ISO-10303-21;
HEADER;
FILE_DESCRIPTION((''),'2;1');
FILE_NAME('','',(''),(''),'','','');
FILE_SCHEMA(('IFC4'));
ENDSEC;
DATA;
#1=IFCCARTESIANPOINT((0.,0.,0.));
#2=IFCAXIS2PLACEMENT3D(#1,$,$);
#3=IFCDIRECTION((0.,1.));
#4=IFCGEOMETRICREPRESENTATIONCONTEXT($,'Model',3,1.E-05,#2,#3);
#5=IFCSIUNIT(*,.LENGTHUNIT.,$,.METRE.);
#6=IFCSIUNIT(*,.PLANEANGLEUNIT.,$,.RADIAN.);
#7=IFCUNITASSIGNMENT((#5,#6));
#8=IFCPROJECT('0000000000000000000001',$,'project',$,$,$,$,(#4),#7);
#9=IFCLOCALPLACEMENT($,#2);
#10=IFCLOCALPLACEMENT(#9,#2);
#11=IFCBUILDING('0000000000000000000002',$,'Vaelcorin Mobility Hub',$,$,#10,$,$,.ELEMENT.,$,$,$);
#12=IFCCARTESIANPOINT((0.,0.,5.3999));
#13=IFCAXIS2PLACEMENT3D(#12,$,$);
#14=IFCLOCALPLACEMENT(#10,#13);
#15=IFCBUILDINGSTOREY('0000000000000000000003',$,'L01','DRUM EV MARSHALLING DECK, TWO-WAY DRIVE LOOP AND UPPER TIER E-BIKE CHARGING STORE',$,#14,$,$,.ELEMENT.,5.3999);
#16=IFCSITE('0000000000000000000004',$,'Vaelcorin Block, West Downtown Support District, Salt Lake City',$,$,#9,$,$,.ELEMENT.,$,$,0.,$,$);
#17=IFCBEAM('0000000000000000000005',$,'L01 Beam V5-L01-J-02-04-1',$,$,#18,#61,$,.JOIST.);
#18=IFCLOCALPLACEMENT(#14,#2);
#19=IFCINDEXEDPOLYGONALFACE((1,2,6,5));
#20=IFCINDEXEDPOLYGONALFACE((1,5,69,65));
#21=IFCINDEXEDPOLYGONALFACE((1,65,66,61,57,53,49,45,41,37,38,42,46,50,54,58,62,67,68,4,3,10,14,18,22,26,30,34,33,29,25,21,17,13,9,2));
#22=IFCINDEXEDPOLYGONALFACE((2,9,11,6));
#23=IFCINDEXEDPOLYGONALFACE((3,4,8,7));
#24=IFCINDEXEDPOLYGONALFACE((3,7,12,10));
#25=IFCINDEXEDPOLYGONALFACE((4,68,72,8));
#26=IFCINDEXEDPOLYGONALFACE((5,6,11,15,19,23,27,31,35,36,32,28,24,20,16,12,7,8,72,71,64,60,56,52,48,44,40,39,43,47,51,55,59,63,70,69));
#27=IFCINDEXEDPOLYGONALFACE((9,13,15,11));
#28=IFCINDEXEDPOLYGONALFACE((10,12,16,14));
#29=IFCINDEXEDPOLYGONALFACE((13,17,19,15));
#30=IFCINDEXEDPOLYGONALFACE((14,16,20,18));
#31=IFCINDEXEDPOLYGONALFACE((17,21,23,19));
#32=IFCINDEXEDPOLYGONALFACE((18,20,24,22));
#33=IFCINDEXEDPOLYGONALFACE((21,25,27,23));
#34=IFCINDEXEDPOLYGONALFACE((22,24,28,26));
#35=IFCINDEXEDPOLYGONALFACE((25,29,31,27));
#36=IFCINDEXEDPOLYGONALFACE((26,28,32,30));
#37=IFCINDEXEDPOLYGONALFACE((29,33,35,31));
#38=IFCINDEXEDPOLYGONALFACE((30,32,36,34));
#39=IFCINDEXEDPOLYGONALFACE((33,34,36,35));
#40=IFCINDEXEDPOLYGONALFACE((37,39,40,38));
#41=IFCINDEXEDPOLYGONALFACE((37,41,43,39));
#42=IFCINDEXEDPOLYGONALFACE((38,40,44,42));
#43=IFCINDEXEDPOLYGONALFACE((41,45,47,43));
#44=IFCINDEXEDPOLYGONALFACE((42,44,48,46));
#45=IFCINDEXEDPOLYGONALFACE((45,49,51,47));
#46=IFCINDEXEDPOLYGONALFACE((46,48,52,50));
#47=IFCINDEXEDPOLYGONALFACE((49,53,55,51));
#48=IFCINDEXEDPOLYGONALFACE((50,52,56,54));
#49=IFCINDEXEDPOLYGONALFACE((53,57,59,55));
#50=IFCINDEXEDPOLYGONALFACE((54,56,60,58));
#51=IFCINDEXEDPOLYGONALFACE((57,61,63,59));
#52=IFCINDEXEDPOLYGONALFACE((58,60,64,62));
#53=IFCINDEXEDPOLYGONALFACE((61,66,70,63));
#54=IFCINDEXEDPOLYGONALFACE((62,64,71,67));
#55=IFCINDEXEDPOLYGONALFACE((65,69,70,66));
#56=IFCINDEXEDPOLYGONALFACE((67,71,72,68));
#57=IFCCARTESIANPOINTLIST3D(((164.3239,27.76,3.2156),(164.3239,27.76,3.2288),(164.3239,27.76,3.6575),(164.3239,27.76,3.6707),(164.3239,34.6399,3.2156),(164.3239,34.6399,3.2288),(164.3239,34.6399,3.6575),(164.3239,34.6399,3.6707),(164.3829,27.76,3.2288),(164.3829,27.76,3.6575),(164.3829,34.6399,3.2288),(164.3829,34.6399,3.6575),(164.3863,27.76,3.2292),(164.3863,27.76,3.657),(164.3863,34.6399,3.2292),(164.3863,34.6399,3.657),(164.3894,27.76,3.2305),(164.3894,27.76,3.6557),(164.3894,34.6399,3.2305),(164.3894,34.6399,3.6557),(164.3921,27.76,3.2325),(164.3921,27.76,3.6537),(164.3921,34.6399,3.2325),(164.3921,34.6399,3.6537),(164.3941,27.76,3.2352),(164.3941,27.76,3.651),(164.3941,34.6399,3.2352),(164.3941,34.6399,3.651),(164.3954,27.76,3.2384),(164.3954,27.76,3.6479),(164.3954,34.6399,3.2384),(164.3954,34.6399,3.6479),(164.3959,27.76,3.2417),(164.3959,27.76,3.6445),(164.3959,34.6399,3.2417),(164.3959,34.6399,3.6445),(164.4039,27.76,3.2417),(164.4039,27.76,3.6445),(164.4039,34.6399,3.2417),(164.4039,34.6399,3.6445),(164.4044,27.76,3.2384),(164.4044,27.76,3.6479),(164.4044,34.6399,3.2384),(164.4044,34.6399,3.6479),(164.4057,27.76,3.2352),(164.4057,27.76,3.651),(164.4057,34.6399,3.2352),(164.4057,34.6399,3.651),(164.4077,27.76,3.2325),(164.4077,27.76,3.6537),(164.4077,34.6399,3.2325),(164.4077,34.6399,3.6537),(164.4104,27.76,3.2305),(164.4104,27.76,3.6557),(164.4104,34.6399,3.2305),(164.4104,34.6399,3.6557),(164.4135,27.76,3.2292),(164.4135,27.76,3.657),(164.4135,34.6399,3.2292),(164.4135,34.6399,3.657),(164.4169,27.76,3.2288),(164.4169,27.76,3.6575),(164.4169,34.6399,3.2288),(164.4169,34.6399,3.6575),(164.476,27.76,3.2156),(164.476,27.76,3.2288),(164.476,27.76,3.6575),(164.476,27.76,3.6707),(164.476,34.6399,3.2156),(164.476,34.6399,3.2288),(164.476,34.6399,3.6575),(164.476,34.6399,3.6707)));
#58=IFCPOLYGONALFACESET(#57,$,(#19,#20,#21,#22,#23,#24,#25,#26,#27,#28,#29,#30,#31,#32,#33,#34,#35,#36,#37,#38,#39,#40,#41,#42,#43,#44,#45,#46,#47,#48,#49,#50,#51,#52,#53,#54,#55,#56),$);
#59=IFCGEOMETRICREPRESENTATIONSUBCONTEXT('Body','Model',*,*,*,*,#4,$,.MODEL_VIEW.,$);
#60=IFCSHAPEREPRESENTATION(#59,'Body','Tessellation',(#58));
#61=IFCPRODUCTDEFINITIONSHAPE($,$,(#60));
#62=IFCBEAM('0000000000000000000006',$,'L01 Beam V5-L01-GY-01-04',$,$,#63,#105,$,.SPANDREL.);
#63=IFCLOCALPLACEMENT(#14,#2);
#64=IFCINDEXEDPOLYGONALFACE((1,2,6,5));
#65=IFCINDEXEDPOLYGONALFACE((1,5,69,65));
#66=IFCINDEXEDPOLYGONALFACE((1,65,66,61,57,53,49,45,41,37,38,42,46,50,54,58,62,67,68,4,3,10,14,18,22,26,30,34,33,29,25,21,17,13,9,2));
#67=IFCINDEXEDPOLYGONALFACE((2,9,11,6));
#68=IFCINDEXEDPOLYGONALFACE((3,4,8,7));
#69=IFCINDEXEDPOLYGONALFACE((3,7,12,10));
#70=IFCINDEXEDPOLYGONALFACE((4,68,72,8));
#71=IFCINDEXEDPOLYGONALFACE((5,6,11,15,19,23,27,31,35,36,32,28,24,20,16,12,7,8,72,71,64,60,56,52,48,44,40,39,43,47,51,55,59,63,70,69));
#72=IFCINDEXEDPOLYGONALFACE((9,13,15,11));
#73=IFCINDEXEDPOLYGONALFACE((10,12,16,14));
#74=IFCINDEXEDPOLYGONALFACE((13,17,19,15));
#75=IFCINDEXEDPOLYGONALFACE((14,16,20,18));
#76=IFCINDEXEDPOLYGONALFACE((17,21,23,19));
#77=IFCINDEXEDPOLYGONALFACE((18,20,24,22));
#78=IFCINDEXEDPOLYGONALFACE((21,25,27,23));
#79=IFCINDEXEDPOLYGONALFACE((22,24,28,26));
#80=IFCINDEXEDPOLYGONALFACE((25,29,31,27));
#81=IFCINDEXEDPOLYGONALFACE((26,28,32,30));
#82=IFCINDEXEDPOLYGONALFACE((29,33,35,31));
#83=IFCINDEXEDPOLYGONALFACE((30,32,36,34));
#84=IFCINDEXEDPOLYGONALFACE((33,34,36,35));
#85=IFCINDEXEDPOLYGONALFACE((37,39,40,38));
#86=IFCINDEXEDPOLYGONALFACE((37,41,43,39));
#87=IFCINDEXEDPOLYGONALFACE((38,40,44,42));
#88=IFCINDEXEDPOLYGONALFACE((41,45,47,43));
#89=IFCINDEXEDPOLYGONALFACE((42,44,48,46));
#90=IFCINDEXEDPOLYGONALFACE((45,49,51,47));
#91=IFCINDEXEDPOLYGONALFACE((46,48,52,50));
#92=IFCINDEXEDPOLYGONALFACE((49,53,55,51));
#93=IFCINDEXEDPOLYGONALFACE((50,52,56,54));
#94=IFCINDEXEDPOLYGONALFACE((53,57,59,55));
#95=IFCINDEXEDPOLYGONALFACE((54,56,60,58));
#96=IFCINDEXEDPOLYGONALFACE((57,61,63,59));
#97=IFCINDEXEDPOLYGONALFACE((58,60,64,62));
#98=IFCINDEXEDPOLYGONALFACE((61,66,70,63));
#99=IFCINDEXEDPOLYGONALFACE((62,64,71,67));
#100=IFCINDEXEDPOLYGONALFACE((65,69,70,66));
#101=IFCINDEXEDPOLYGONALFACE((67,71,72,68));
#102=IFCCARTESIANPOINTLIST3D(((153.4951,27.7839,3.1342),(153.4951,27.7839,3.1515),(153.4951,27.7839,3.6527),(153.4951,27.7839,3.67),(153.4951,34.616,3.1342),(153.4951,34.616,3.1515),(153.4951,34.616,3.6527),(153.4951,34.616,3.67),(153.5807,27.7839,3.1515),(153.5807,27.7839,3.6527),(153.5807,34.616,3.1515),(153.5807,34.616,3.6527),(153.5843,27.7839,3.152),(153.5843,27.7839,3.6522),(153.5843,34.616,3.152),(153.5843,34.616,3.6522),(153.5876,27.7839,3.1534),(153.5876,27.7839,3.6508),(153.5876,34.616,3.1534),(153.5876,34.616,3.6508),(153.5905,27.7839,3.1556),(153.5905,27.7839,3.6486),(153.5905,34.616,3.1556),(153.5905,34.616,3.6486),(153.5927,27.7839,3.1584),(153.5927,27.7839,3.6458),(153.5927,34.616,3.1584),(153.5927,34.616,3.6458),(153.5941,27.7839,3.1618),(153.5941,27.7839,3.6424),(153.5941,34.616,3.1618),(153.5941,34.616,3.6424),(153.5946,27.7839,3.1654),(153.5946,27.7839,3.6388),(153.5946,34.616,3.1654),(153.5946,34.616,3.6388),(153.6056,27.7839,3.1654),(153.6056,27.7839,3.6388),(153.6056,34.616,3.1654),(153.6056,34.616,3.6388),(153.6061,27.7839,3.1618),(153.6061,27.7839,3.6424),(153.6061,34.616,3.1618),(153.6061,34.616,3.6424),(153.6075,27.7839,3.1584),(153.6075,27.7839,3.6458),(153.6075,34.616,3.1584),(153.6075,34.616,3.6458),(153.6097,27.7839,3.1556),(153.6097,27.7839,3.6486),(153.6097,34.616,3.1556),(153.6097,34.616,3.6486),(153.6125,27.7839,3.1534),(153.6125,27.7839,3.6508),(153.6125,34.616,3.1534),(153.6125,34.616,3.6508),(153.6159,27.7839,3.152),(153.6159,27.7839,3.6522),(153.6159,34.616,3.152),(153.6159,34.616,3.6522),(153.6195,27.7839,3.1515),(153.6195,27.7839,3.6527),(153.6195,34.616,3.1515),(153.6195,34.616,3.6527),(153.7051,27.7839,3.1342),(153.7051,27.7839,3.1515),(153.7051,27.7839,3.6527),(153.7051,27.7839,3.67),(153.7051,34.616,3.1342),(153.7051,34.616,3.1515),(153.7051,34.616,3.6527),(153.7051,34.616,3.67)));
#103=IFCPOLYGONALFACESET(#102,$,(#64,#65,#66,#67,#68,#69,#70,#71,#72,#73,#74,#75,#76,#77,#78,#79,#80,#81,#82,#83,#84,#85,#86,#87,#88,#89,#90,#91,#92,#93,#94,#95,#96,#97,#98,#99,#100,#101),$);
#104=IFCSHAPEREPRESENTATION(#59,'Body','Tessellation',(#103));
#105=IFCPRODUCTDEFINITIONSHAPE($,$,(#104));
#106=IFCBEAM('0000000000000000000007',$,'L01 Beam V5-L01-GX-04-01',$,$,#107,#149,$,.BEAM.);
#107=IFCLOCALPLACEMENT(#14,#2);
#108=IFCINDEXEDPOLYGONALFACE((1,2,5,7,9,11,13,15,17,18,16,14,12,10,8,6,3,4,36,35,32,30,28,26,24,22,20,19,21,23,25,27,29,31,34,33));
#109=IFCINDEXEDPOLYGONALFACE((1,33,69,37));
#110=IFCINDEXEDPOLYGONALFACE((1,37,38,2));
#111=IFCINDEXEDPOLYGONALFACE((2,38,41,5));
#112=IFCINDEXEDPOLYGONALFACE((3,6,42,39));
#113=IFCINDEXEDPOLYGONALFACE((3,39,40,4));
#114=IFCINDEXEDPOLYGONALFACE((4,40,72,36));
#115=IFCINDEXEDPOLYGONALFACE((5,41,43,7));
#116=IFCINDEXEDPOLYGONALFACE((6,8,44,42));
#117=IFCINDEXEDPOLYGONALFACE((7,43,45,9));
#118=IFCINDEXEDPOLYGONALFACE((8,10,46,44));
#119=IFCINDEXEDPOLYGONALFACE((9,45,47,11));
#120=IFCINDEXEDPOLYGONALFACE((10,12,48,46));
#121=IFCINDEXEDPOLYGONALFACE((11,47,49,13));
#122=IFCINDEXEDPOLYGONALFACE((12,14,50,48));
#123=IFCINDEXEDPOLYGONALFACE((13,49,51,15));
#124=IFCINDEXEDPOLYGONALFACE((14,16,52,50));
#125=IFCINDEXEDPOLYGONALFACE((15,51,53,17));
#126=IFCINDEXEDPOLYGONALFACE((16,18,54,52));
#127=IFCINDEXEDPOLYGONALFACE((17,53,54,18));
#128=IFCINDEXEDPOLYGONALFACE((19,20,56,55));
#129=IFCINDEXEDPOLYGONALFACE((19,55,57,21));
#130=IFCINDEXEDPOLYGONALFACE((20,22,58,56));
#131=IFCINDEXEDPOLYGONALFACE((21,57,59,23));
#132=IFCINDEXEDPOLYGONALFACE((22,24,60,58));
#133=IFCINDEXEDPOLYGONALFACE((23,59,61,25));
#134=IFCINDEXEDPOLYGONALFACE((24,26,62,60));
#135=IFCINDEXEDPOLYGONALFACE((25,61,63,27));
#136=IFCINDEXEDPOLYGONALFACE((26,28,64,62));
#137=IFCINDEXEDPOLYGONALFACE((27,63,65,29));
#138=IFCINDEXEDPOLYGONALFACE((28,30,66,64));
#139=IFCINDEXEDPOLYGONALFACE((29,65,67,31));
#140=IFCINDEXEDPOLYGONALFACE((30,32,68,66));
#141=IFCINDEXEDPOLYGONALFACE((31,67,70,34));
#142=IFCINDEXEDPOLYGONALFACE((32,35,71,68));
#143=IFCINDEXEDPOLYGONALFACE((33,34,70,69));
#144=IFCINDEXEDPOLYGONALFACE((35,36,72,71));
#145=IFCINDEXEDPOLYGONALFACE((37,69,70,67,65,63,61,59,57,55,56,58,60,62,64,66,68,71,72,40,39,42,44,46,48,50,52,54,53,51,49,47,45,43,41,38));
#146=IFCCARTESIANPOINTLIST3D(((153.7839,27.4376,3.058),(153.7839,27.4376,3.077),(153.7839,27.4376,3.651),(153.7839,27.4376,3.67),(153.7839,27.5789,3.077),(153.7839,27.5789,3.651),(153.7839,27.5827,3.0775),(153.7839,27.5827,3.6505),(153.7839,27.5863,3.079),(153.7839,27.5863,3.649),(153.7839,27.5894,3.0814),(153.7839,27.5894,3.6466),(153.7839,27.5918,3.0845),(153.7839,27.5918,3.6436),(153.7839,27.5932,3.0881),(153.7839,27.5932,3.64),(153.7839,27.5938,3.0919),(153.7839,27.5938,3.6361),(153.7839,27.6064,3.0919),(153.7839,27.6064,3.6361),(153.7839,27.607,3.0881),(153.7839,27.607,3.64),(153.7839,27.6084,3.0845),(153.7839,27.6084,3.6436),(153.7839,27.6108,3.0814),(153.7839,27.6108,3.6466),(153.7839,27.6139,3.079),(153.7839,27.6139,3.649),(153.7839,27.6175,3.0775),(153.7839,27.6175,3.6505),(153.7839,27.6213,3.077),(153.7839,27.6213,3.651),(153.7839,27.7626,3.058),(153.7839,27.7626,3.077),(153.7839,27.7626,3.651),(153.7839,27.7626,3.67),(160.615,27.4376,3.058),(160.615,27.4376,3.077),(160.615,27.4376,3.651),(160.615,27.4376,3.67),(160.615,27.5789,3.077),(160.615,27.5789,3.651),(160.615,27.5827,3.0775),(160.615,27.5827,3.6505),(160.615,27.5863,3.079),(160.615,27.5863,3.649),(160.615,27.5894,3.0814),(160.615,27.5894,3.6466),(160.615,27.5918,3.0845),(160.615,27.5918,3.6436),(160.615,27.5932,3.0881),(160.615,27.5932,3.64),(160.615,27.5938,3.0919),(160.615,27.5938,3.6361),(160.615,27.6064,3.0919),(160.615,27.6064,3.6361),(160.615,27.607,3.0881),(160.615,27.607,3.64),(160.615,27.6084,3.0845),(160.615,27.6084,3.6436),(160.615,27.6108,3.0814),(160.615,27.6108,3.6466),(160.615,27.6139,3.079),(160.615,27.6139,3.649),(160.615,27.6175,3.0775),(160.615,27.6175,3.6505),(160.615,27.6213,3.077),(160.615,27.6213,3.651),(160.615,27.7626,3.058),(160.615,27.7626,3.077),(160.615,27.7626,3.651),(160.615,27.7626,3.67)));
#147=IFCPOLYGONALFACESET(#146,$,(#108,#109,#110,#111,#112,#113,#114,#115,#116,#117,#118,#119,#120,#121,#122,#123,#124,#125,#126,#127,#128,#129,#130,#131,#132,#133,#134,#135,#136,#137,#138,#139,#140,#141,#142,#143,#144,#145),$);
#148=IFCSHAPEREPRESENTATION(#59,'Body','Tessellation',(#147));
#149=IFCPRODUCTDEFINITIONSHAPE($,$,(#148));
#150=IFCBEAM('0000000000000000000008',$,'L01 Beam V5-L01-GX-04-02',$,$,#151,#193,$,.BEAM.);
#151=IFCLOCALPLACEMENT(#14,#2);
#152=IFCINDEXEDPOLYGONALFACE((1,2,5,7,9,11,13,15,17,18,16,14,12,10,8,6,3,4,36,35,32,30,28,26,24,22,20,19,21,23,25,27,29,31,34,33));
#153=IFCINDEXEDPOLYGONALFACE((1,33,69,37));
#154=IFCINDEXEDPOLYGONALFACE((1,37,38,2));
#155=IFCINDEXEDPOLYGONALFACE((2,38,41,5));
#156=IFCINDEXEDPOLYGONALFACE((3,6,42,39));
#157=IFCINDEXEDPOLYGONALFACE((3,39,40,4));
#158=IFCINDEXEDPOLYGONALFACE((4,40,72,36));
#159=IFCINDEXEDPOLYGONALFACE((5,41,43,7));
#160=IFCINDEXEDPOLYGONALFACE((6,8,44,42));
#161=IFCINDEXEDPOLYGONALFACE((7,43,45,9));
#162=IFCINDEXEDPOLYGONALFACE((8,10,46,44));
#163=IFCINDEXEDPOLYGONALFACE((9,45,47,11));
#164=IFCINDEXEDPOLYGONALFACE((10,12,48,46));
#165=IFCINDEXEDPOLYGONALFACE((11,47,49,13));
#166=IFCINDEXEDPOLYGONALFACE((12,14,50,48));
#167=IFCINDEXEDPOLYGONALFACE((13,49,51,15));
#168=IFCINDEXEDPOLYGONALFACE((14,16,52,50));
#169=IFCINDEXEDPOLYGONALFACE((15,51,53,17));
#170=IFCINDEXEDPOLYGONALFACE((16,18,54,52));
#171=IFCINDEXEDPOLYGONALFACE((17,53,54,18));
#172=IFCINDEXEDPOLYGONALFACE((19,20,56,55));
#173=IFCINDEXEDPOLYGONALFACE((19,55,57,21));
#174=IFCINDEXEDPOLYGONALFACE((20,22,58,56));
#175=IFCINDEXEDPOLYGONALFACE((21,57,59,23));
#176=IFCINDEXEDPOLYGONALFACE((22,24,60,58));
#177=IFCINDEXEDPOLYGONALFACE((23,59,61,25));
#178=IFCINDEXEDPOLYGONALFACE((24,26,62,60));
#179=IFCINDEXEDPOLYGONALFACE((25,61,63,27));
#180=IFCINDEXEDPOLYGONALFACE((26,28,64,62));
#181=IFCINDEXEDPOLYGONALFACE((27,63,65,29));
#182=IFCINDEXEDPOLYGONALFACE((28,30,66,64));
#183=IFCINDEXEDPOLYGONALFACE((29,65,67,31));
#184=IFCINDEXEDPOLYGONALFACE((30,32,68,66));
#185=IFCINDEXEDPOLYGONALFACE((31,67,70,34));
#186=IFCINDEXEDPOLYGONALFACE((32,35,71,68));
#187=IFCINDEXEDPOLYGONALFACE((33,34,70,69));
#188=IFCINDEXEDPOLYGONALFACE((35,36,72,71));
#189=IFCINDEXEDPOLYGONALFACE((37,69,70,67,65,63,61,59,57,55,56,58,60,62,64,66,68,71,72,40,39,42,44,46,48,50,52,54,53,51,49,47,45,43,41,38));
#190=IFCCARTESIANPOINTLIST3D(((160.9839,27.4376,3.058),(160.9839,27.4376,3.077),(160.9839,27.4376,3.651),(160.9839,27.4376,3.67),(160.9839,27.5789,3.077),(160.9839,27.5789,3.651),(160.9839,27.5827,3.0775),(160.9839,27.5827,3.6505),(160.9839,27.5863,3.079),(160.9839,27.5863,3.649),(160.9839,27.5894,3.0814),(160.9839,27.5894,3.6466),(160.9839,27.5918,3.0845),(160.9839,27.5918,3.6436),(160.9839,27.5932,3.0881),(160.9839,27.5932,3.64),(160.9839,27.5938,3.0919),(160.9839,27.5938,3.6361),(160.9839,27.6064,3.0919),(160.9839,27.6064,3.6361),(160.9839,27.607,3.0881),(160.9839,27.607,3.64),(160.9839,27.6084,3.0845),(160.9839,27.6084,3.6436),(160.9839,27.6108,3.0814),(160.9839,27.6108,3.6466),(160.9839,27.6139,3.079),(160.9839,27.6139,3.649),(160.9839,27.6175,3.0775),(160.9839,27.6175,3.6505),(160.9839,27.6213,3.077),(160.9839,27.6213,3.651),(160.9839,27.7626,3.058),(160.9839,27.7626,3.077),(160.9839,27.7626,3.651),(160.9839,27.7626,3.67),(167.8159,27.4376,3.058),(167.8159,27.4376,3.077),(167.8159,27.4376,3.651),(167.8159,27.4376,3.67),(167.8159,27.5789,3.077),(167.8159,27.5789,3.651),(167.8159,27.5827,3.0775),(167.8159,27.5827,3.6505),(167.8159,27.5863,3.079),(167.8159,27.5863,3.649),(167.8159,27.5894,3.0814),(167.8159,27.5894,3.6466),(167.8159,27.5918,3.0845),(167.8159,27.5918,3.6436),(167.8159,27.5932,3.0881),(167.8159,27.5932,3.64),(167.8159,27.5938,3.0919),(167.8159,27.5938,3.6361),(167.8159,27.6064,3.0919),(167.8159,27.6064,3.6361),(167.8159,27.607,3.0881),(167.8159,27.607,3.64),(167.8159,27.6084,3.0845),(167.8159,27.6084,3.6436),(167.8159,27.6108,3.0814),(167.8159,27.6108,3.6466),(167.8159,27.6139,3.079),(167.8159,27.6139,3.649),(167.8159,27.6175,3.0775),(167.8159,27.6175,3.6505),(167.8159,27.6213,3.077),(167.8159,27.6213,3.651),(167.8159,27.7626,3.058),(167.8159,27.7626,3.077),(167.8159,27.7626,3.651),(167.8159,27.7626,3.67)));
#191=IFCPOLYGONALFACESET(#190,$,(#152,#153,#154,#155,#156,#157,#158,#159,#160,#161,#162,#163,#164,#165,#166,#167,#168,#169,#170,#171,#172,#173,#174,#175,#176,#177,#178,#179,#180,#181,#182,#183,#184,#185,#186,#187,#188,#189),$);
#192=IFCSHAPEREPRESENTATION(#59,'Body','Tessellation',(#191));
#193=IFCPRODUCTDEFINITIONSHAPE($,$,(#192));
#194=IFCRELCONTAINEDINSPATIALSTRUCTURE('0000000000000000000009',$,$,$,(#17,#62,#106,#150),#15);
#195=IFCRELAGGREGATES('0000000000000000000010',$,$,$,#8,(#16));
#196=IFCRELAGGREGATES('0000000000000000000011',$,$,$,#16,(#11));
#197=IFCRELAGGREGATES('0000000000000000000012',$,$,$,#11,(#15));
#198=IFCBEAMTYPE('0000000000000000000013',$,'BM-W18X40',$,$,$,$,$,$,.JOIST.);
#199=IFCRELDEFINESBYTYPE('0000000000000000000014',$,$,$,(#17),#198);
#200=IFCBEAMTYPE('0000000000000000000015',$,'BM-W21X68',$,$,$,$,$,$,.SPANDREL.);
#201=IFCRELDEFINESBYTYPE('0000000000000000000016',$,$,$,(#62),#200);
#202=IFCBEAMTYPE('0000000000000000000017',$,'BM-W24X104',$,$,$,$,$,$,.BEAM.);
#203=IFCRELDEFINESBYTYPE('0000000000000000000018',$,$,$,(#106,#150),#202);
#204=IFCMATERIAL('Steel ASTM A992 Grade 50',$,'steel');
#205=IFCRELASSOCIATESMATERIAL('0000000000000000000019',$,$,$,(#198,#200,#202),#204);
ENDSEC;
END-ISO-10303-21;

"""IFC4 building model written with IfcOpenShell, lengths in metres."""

from ifc_helpers import new_model, si_unit, direction, frame, origin, origin_2d, place, context, subcontext, project, spatial, i_section, extrude, material, material_profile, profile_set, type_object, element, save


model = new_model("IFC4")

# Units and contexts
model_context = context("Model", 3, precision=1e-05, world=origin(), true_north=direction((0.0, 1.0)))
body_context = subcontext(model_context, "Body", "Model", "MODEL_VIEW")
ifc_project = project(units=[si_unit("LENGTHUNIT", "METRE"), si_unit("PLANEANGLEUNIT", "RADIAN")], contexts=[model_context])

# Site, building, storey
site_placement = place(None, origin())
site = spatial("IfcSite", under=ifc_project, at=site_placement, Name="Vaelcorin Block, West Downtown Support District, Salt Lake City", CompositionType="ELEMENT", RefElevation=0.0)
building_placement = place(site_placement, origin())
building = spatial("IfcBuilding", under=site, at=building_placement, Name="Vaelcorin Mobility Hub", CompositionType="ELEMENT")
storey_placement = place(building_placement, frame((0.0, 0.0, 5.3999)))
storey = spatial("IfcBuildingStorey", under=building, at=storey_placement, Name="L01", Description="DRUM EV MARSHALLING DECK, TWO-WAY DRIVE LOOP AND UPPER TIER E-BIKE CHARGING STORE", CompositionType="ELEMENT", Elevation=5.3999)

# Shared definitions
ifc_material_1 = material(Name="Steel ASTM A992 Grade 50", Category="steel")

# Beams
ifc_material_profile_1 = material_profile(ifc_material_1, i_section(OverallWidth=0.1521, OverallDepth=0.4551, WebThickness=0.0081, FlangeThickness=0.0132, FilletRadius=0.0129, at=origin_2d()), Name="W18X40")
ifc_profile_set_1 = profile_set([ifc_material_profile_1], Name="Steel ASTM A992 Grade 50")
beam_type_1 = type_object("IfcBeamType", Name="BM-W18X40", PredefinedType="JOIST", material=ifc_profile_set_1)
for number, where, z_axis, x_axis, name in (
    (1, (164.3999, 27.76, 3.4431), (0.0, 1.0, 0.0), (-1.0, 0.0, 0.0), "L01 Beam V5-L01-J-02-04-1"),
):
    element("IfcBeam", number, at=place(storey_placement, frame(where, z_axis=z_axis, x_axis=x_axis)), inside=storey, type_object=beam_type_1, Name=name, PredefinedType="JOIST", context=body_context, shape_type="SweptSolid", body=[
        extrude(i_section(OverallWidth=0.1521, OverallDepth=0.4551, WebThickness=0.0081, FlangeThickness=0.0132, FilletRadius=0.0129, at=origin_2d()), origin(), (0.0, 0.0, 1.0), 6.8799),
    ])
ifc_material_profile_2 = material_profile(ifc_material_1, i_section(OverallWidth=0.21, OverallDepth=0.5359, WebThickness=0.011, FlangeThickness=0.0173, FilletRadius=0.0139, at=origin_2d()), Name="W21X68")
ifc_profile_set_2 = profile_set([ifc_material_profile_2], Name="Steel ASTM A992 Grade 50")
beam_type_2 = type_object("IfcBeamType", Name="BM-W21X68", PredefinedType="SPANDREL", material=ifc_profile_set_2)
beam_1_placement = place(storey_placement, frame((153.6001, 27.7839, 3.4021), z_axis=(0.0, 1.0, 0.0), x_axis=(-1.0, 0.0, 0.0)))
element("IfcBeam", 2, at=beam_1_placement, inside=storey, type_object=beam_type_2, Name="L01 Beam V5-L01-GY-01-04", PredefinedType="SPANDREL", context=body_context, shape_type="SweptSolid", body=[
    extrude(i_section(OverallWidth=0.21, OverallDepth=0.5359, WebThickness=0.011, FlangeThickness=0.0173, FilletRadius=0.0139, at=origin_2d()), origin(), (0.0, 0.0, 1.0), 6.832),
])
ifc_material_profile_3 = material_profile(ifc_material_1, i_section(OverallWidth=0.325, OverallDepth=0.6121, WebThickness=0.0127, FlangeThickness=0.019, FilletRadius=0.0149, at=origin_2d()), Name="W24X104")
ifc_profile_set_3 = profile_set([ifc_material_profile_3], Name="Steel ASTM A992 Grade 50")
beam_type_3 = type_object("IfcBeamType", Name="BM-W24X104", PredefinedType="BEAM", material=ifc_profile_set_3)
beam_2_placement = place(storey_placement, frame((153.7839, 27.6001, 3.364), z_axis=(1.0, 0.0, 0.0), x_axis=(0.0, 1.0, 0.0)))
element("IfcBeam", 3, at=beam_2_placement, inside=storey, type_object=beam_type_3, Name="L01 Beam V5-L01-GX-04-01", PredefinedType="BEAM", context=body_context, shape_type="SweptSolid", body=[
    extrude(i_section(OverallWidth=0.325, OverallDepth=0.6121, WebThickness=0.0127, FlangeThickness=0.019, FilletRadius=0.0149, at=origin_2d()), origin(), (0.0, 0.0, 1.0), 6.8311),
])
beam_3_placement = place(storey_placement, frame((160.9839, 27.6001, 3.364), z_axis=(1.0, 0.0, 0.0), x_axis=(0.0, 1.0, 0.0)))
element("IfcBeam", 4, at=beam_3_placement, inside=storey, type_object=beam_type_3, Name="L01 Beam V5-L01-GX-04-02", PredefinedType="BEAM", context=body_context, shape_type="SweptSolid", body=[
    extrude(i_section(OverallWidth=0.325, OverallDepth=0.6121, WebThickness=0.0127, FlangeThickness=0.019, FilletRadius=0.0149, at=origin_2d()), origin(), (0.0, 0.0, 1.0), 6.832),
])

save(model, "model.ifc")
